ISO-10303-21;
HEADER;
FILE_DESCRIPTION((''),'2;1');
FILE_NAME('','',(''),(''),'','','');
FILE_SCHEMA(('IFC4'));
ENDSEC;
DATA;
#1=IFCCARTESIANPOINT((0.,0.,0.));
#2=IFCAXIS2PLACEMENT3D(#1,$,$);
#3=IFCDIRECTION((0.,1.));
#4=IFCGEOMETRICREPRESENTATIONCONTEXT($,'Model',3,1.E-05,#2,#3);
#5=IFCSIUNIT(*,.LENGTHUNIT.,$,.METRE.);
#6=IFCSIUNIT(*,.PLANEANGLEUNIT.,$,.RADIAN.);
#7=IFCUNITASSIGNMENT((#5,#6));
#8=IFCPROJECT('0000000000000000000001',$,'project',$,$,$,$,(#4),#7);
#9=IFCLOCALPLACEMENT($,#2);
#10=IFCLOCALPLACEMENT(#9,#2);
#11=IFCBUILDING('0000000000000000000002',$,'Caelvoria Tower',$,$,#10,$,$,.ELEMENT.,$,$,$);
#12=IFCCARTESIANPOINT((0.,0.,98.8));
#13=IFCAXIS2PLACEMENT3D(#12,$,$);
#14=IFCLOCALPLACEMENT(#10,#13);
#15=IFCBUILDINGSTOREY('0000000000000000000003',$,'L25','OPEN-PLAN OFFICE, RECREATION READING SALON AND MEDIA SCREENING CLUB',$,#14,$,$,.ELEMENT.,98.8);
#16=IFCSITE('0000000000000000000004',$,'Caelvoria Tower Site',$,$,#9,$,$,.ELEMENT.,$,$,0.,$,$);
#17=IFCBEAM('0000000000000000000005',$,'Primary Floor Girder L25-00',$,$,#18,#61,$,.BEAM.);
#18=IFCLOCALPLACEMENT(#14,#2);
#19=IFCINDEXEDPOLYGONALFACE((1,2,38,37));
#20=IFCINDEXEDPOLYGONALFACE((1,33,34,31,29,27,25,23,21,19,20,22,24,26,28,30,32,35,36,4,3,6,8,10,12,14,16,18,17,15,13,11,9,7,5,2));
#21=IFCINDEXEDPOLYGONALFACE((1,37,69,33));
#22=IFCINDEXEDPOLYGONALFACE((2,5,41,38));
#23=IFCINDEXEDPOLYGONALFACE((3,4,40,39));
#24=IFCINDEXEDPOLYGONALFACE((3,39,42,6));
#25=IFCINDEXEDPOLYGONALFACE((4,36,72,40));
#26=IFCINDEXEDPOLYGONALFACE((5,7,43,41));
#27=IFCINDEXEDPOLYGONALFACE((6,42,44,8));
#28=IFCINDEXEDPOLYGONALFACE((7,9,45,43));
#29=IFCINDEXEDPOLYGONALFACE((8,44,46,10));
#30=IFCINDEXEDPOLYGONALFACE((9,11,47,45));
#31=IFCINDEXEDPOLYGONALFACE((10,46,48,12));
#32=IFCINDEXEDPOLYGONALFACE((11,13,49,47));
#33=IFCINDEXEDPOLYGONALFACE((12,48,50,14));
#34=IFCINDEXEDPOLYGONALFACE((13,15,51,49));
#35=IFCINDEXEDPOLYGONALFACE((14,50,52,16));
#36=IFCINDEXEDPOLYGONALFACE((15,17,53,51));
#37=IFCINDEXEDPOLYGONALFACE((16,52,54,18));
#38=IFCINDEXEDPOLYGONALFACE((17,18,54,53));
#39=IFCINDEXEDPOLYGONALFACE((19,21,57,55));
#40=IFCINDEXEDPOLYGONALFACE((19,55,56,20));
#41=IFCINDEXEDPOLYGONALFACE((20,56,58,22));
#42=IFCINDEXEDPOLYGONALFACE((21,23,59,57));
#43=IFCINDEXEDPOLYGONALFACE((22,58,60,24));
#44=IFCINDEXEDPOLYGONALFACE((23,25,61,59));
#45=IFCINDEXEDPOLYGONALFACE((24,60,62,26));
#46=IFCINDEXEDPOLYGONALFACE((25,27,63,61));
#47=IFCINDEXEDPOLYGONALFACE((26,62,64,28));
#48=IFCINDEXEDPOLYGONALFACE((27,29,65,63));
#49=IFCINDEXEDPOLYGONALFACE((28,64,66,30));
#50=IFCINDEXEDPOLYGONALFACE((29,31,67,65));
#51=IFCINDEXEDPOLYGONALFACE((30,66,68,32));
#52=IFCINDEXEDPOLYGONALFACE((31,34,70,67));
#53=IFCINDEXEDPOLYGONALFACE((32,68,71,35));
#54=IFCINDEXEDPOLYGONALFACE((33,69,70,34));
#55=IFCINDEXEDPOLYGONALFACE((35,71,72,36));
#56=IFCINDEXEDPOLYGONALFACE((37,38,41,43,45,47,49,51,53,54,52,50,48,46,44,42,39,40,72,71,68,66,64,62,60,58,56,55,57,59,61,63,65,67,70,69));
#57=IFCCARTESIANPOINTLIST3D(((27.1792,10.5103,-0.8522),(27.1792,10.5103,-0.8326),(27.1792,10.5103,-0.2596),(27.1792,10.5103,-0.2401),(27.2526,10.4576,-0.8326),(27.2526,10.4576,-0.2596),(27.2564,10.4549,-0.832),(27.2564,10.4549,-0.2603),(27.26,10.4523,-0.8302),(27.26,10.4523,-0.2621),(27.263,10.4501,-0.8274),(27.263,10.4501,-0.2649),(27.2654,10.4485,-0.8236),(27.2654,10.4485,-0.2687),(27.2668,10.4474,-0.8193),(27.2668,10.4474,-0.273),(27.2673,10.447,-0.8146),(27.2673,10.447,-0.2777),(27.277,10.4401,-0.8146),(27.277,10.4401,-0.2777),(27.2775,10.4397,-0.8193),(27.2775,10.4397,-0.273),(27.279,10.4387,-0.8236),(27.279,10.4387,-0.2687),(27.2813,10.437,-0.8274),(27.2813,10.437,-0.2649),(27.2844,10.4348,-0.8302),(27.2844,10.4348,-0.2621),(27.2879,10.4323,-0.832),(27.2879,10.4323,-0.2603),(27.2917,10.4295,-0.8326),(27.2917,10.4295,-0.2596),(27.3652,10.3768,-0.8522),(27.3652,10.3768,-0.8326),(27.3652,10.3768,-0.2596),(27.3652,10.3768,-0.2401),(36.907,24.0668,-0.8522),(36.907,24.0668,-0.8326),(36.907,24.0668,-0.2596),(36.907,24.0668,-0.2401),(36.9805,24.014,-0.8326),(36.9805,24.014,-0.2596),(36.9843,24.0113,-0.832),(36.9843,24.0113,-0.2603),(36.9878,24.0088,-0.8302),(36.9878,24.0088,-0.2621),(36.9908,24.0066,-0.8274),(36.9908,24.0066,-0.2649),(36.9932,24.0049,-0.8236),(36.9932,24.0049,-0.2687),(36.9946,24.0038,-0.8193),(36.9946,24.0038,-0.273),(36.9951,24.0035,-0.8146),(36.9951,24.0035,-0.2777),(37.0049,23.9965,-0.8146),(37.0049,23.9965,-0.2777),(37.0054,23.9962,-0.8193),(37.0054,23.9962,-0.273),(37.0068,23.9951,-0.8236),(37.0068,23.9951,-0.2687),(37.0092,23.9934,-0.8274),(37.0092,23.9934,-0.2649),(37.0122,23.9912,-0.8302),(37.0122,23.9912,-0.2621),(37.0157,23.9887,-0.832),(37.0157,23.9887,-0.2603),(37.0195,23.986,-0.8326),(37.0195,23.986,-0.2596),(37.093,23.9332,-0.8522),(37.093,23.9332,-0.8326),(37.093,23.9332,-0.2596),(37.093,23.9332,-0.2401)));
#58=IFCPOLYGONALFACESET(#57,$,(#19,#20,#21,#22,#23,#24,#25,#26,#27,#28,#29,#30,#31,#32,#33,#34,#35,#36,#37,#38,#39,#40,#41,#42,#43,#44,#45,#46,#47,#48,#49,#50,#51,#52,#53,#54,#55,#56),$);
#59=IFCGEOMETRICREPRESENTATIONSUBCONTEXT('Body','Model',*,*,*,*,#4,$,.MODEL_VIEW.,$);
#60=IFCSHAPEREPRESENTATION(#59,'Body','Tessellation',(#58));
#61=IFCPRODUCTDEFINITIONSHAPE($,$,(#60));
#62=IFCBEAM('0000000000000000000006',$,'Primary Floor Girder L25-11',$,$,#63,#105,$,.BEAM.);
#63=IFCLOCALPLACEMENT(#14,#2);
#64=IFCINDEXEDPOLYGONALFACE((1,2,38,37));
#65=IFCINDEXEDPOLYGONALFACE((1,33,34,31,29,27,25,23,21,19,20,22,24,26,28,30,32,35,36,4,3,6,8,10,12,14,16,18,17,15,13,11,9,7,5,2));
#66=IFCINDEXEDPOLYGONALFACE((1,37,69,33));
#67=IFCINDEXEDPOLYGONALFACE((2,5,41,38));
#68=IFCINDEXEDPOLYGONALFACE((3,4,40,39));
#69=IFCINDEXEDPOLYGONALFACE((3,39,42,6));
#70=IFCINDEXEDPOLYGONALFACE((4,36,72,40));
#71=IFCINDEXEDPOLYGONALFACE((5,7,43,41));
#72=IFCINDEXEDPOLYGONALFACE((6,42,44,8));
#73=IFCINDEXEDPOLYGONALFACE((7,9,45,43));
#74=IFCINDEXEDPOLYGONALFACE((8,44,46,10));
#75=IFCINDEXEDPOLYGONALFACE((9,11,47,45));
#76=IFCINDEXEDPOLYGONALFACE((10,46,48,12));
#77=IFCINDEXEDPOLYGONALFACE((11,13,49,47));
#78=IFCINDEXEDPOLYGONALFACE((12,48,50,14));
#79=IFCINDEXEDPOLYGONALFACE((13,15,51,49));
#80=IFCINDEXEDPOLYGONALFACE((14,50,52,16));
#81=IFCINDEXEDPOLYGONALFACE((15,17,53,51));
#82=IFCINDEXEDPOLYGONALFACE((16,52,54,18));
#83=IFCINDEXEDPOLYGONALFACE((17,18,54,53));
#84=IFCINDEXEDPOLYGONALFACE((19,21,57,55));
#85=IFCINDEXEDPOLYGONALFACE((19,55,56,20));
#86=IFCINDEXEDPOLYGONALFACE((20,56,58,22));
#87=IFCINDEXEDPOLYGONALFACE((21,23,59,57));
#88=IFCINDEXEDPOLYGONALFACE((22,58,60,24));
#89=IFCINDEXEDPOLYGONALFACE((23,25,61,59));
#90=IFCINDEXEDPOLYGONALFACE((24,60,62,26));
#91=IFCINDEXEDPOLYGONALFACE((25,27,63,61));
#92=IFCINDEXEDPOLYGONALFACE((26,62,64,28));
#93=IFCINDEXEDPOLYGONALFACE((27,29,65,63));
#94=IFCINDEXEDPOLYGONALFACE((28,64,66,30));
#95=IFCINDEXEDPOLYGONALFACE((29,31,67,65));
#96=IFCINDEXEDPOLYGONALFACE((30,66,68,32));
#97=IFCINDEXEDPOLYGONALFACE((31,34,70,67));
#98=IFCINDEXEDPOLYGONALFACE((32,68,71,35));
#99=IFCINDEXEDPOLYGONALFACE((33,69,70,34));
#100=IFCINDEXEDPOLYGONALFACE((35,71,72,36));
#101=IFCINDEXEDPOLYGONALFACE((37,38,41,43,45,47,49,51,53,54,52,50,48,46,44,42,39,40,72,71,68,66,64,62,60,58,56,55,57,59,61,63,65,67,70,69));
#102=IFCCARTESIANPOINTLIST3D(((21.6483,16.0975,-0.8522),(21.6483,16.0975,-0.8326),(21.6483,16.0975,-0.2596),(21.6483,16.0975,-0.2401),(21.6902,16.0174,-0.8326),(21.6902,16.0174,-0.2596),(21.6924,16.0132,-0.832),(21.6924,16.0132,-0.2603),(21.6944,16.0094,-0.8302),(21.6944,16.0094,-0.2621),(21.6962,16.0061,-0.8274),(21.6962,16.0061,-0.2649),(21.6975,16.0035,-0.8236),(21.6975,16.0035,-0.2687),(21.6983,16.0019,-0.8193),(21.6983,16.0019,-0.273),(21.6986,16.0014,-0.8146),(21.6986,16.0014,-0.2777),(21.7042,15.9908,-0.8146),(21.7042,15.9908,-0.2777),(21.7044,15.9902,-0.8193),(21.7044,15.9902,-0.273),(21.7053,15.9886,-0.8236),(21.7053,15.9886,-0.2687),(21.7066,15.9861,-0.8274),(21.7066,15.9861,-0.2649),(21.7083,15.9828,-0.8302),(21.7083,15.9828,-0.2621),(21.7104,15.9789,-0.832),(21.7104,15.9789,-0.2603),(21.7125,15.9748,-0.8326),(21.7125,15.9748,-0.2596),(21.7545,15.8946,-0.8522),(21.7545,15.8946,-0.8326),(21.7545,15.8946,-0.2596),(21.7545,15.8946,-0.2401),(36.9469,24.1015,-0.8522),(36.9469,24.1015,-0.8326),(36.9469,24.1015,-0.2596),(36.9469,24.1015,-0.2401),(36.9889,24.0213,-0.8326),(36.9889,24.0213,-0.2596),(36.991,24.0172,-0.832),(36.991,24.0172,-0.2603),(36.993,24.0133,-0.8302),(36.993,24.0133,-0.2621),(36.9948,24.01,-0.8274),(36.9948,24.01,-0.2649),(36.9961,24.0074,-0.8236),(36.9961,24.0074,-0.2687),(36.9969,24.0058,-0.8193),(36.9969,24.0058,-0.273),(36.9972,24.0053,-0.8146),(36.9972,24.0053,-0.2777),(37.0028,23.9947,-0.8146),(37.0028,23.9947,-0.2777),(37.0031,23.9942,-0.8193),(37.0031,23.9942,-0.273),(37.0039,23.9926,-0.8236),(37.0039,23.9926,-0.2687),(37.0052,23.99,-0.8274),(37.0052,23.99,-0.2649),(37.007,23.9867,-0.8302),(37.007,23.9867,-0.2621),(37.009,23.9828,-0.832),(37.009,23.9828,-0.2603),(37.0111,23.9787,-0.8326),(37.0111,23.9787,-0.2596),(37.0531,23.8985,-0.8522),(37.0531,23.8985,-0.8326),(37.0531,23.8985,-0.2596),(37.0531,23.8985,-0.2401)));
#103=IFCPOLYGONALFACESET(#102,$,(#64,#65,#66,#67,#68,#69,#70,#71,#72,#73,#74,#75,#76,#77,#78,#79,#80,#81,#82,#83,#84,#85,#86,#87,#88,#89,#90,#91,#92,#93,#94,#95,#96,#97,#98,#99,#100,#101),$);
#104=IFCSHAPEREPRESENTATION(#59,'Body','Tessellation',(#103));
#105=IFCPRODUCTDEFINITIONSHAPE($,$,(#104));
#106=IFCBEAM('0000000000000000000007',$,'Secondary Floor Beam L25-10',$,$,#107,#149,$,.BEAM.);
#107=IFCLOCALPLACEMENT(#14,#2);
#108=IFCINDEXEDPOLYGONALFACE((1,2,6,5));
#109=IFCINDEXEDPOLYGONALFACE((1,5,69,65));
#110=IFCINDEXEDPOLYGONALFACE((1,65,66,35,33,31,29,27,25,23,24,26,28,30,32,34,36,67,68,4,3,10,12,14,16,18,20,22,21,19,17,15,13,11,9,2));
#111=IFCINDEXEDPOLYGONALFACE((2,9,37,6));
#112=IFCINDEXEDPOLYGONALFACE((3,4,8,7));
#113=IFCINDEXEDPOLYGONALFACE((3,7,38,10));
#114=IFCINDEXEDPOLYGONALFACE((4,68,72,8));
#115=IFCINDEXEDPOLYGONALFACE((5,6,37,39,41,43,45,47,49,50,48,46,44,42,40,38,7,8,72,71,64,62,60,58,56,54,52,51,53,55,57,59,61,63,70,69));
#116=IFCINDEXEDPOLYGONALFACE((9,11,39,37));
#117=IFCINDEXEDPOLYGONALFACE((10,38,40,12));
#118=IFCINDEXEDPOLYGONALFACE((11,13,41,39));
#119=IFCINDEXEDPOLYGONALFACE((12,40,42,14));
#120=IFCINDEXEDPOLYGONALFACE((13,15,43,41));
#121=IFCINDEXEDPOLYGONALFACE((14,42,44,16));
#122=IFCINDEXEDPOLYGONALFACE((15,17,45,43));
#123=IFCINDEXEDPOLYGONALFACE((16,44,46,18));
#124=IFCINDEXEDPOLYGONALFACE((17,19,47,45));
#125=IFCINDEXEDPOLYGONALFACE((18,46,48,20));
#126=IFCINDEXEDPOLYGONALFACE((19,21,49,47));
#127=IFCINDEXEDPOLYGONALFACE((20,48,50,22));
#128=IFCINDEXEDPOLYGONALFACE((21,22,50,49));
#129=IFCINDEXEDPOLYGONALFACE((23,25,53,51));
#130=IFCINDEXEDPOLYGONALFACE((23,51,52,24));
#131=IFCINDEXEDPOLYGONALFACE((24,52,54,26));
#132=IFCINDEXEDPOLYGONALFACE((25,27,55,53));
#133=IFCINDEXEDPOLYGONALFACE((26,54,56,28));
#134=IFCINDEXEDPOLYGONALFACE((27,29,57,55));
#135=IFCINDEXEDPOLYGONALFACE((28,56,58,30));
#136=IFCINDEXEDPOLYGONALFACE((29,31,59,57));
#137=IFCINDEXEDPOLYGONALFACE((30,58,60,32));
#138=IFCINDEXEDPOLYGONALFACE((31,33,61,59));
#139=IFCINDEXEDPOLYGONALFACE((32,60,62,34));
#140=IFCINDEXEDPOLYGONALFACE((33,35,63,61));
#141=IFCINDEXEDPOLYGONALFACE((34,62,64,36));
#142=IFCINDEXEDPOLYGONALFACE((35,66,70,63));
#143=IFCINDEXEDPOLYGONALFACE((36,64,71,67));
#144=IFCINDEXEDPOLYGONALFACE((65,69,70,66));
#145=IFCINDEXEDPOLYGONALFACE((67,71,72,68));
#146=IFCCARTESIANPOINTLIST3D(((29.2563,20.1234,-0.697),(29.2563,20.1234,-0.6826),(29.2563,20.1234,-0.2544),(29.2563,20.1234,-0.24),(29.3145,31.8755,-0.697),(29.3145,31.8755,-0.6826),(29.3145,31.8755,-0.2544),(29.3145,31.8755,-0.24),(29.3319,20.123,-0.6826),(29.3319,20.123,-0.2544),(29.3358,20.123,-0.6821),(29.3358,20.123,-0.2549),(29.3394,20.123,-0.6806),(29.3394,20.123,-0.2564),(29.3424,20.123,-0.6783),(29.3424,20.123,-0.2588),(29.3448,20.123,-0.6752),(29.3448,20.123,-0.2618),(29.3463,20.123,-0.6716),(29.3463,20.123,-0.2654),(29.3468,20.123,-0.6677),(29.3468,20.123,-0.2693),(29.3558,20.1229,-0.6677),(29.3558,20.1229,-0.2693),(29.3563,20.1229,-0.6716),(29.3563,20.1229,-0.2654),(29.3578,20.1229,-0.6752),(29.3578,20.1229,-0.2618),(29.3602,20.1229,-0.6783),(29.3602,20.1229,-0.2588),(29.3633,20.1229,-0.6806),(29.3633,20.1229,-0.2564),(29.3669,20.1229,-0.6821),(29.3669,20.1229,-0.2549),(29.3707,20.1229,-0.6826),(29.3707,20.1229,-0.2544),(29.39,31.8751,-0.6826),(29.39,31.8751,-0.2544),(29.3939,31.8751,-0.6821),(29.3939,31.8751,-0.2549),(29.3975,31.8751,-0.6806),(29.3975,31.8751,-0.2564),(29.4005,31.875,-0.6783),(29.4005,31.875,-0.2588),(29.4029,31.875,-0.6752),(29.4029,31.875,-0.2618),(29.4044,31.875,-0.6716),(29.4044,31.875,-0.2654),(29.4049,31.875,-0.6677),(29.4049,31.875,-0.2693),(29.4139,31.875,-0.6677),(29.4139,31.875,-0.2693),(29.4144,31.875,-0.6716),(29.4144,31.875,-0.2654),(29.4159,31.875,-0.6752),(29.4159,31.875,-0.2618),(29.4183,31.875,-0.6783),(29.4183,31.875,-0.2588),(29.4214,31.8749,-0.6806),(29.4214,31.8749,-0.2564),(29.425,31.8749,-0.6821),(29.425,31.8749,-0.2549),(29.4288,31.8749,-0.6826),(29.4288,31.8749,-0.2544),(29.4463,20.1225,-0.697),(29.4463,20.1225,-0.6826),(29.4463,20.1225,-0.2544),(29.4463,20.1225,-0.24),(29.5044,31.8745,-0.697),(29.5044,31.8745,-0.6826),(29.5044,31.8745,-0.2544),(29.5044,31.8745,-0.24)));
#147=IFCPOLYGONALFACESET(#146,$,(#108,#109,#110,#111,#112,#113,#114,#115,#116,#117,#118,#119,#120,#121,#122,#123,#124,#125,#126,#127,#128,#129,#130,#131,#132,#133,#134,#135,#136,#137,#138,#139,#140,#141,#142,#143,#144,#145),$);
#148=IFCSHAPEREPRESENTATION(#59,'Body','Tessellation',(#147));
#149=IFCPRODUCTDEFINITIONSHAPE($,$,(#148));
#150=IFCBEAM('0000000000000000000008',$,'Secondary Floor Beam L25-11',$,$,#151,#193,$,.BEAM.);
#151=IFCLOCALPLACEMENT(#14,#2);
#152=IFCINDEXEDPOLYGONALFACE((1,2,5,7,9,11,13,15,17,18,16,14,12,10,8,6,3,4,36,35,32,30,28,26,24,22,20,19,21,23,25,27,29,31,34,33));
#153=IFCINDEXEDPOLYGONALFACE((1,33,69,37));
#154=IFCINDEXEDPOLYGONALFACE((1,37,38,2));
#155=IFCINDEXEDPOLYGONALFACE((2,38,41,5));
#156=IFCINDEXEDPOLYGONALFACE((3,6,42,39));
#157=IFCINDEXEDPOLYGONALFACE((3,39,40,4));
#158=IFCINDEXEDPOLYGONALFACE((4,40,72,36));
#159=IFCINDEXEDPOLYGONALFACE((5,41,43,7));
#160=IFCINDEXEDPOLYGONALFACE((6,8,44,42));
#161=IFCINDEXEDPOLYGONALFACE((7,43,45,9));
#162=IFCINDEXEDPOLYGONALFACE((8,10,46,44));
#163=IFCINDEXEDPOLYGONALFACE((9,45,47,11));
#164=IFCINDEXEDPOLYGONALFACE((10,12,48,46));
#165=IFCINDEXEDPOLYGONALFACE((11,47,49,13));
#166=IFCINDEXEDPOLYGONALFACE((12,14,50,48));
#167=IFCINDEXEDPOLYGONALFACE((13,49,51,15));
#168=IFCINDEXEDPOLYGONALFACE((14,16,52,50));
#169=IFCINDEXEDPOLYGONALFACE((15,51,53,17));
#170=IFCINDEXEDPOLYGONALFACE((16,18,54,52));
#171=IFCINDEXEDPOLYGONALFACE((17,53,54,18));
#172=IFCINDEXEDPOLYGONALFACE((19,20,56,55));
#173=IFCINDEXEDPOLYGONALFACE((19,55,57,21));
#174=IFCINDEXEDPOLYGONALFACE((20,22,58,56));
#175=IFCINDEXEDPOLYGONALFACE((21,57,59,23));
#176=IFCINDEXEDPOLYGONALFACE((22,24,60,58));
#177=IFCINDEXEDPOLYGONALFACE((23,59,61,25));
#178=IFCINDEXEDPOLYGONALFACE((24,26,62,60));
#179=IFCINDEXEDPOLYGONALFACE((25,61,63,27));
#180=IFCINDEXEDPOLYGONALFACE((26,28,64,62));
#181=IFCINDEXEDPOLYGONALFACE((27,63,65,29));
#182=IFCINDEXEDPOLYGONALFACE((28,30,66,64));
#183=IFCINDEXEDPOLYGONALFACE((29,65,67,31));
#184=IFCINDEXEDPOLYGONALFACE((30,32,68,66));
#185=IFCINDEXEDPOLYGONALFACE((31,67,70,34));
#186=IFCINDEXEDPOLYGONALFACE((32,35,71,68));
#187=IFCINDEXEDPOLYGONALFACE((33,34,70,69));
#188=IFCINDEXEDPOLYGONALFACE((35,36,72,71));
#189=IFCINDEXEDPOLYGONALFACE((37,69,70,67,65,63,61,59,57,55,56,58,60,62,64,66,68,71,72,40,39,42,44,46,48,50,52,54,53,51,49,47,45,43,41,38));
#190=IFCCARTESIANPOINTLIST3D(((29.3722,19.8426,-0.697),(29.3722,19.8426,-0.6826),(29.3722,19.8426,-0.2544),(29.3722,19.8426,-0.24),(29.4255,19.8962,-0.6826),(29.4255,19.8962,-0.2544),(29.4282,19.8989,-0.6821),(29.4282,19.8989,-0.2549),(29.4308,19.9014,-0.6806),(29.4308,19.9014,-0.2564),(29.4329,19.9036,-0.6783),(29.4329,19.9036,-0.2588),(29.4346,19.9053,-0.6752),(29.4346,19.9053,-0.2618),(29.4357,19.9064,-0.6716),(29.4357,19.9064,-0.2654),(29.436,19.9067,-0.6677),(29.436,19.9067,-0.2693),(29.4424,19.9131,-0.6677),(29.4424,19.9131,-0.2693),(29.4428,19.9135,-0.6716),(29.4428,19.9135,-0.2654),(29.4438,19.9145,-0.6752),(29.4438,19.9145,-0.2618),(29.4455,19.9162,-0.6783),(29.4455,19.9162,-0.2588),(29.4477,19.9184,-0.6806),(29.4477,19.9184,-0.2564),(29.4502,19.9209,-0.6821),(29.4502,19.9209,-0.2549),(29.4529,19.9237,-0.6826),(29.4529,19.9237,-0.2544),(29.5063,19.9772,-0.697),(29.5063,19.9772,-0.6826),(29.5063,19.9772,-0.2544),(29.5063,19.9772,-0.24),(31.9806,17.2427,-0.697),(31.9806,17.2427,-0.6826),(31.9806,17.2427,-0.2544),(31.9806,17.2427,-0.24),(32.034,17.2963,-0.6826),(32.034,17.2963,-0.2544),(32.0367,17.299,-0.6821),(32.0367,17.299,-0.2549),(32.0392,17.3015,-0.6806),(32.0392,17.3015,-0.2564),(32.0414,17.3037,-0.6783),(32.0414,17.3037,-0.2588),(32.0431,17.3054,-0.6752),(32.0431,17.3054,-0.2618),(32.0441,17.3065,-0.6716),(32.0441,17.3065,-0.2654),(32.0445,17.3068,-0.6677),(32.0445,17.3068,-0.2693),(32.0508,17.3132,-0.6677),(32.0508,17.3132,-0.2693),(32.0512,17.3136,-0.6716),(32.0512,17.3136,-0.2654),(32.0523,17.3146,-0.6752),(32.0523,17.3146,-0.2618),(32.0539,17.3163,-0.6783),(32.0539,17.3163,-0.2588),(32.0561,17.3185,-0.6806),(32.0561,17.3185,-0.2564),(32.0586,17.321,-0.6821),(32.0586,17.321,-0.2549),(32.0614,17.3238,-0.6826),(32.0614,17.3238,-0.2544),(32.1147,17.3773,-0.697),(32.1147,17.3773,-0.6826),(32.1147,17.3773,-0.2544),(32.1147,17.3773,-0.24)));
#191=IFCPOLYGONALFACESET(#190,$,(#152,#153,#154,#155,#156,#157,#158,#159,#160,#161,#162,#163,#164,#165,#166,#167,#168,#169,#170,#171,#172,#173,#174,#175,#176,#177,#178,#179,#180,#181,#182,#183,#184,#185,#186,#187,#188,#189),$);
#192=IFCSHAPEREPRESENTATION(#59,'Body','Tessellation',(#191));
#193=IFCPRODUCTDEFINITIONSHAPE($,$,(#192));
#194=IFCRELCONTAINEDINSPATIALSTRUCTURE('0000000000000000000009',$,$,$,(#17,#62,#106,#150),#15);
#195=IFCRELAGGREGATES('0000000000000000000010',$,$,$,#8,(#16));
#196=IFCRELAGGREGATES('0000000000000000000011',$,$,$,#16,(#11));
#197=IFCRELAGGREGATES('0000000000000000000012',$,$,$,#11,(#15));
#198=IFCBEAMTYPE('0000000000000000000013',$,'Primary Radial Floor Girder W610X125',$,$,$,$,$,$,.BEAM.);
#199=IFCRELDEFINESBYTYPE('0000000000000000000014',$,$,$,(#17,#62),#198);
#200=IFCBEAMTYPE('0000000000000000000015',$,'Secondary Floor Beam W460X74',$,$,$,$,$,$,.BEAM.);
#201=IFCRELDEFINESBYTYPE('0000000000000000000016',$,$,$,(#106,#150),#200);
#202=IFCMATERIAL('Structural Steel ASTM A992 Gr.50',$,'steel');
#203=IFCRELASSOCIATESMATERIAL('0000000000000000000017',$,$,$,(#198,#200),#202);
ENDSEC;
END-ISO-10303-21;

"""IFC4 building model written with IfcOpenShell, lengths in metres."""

from ifc_helpers import new_model, si_unit, direction, frame, origin, origin_2d, place, context, subcontext, project, spatial, i_section, extrude, material, material_profile, profile_set, type_object, element, save


model = new_model("IFC4")

# Units and contexts
model_context = context("Model", 3, precision=1e-05, world=origin(), true_north=direction((0.0, 1.0)))
body_context = subcontext(model_context, "Body", "Model", "MODEL_VIEW")
ifc_project = project(units=[si_unit("LENGTHUNIT", "METRE"), si_unit("PLANEANGLEUNIT", "RADIAN")], contexts=[model_context])

# Site, building, storey
site_placement = place(None, origin())
site = spatial("IfcSite", under=ifc_project, at=site_placement, Name="Caelvoria Tower Site", CompositionType="ELEMENT", RefElevation=0.0)
building_placement = place(site_placement, origin())
building = spatial("IfcBuilding", under=site, at=building_placement, Name="Caelvoria Tower", CompositionType="ELEMENT")
storey_placement = place(building_placement, frame((0.0, 0.0, 98.8)))
storey = spatial("IfcBuildingStorey", under=building, at=storey_placement, Name="L25", Description="OPEN-PLAN OFFICE, RECREATION READING SALON AND MEDIA SCREENING CLUB", CompositionType="ELEMENT", Elevation=98.8)

# Beams
ifc_material_1 = material(Name="Structural Steel ASTM A992 Gr.50", Category="steel")
ifc_material_profile_1 = material_profile(ifc_material_1, i_section(OverallWidth=0.229, OverallDepth=0.6121, WebThickness=0.012, FlangeThickness=0.0195, FilletRadius=0.0181, at=origin_2d()), Name="Structural Steel ASTM A992 Gr.50")
ifc_profile_set_1 = profile_set([ifc_material_profile_1], Name="W610X125 - Structural Steel ASTM A992 Gr.50")
beam_type_1 = type_object("IfcBeamType", Name="Primary Radial Floor Girder W610X125", PredefinedType="BEAM", material=ifc_profile_set_1)
beam_1_placement = place(storey_placement, frame((37.0, 24.0, -0.5461), z_axis=(-0.583008, -0.812466, 0.0), x_axis=(0.812466, -0.583008, 0.0)))
element("IfcBeam", 1, at=beam_1_placement, inside=storey, type_object=beam_type_1, Name="Primary Floor Girder L25-00", PredefinedType="BEAM", context=body_context, shape_type="SweptSolid", body=[
    extrude(i_section(OverallWidth=0.229, OverallDepth=0.6121, WebThickness=0.012, FlangeThickness=0.0195, FilletRadius=0.0181, at=origin_2d()), origin(), (0.0, 0.0, 1.0), 16.6855),
])
beam_2_placement = place(storey_placement, frame((37.0, 24.0, -0.5461), z_axis=(-0.886061, -0.463569, 0.0), x_axis=(0.463569, -0.886061, 0.0)))
element("IfcBeam", 2, at=beam_2_placement, inside=storey, type_object=beam_type_1, Name="Primary Floor Girder L25-11", PredefinedType="BEAM", context=body_context, shape_type="SweptSolid", body=[
    extrude(i_section(OverallWidth=0.229, OverallDepth=0.6121, WebThickness=0.012, FlangeThickness=0.0195, FilletRadius=0.0181, at=origin_2d()), origin(), (0.0, 0.0, 1.0), 17.2659),
])
ifc_material_profile_2 = material_profile(ifc_material_1, i_section(OverallWidth=0.1899, OverallDepth=0.457, WebThickness=0.009, FlangeThickness=0.0144, FilletRadius=0.0149, at=origin_2d()), Name="Structural Steel ASTM A992 Gr.50")
ifc_profile_set_2 = profile_set([ifc_material_profile_2], Name="W460X74 - Structural Steel ASTM A992 Gr.50")
beam_type_2 = type_object("IfcBeamType", Name="Secondary Floor Beam W460X74", PredefinedType="BEAM", material=ifc_profile_set_2)
beam_3_placement = place(storey_placement, frame((29.4094, 31.875, -0.4685), z_axis=(-0.004944, -0.999988, 0.0), x_axis=(0.999988, -0.004944, 0.0)))
element("IfcBeam", 3, at=beam_3_placement, inside=storey, type_object=beam_type_2, Name="Secondary Floor Beam L25-10", PredefinedType="BEAM", context=body_context, shape_type="SweptSolid", body=[
    extrude(i_section(OverallWidth=0.1899, OverallDepth=0.457, WebThickness=0.009, FlangeThickness=0.0144, FilletRadius=0.0149, at=origin_2d()), origin(), (0.0, 0.0, 1.0), 11.7522),
])
beam_4_placement = place(storey_placement, frame((29.4392, 19.9099, -0.4685), z_axis=(0.708266, -0.705946, 0.0), x_axis=(0.705946, 0.708266, 0.0)))
element("IfcBeam", 4, at=beam_4_placement, inside=storey, type_object=beam_type_2, Name="Secondary Floor Beam L25-11", PredefinedType="BEAM", context=body_context, shape_type="SweptSolid", body=[
    extrude(i_section(OverallWidth=0.1899, OverallDepth=0.457, WebThickness=0.009, FlangeThickness=0.0144, FilletRadius=0.0149, at=origin_2d()), origin(), (0.0, 0.0, 1.0), 3.6829),
])

save(model, "model.ifc")
